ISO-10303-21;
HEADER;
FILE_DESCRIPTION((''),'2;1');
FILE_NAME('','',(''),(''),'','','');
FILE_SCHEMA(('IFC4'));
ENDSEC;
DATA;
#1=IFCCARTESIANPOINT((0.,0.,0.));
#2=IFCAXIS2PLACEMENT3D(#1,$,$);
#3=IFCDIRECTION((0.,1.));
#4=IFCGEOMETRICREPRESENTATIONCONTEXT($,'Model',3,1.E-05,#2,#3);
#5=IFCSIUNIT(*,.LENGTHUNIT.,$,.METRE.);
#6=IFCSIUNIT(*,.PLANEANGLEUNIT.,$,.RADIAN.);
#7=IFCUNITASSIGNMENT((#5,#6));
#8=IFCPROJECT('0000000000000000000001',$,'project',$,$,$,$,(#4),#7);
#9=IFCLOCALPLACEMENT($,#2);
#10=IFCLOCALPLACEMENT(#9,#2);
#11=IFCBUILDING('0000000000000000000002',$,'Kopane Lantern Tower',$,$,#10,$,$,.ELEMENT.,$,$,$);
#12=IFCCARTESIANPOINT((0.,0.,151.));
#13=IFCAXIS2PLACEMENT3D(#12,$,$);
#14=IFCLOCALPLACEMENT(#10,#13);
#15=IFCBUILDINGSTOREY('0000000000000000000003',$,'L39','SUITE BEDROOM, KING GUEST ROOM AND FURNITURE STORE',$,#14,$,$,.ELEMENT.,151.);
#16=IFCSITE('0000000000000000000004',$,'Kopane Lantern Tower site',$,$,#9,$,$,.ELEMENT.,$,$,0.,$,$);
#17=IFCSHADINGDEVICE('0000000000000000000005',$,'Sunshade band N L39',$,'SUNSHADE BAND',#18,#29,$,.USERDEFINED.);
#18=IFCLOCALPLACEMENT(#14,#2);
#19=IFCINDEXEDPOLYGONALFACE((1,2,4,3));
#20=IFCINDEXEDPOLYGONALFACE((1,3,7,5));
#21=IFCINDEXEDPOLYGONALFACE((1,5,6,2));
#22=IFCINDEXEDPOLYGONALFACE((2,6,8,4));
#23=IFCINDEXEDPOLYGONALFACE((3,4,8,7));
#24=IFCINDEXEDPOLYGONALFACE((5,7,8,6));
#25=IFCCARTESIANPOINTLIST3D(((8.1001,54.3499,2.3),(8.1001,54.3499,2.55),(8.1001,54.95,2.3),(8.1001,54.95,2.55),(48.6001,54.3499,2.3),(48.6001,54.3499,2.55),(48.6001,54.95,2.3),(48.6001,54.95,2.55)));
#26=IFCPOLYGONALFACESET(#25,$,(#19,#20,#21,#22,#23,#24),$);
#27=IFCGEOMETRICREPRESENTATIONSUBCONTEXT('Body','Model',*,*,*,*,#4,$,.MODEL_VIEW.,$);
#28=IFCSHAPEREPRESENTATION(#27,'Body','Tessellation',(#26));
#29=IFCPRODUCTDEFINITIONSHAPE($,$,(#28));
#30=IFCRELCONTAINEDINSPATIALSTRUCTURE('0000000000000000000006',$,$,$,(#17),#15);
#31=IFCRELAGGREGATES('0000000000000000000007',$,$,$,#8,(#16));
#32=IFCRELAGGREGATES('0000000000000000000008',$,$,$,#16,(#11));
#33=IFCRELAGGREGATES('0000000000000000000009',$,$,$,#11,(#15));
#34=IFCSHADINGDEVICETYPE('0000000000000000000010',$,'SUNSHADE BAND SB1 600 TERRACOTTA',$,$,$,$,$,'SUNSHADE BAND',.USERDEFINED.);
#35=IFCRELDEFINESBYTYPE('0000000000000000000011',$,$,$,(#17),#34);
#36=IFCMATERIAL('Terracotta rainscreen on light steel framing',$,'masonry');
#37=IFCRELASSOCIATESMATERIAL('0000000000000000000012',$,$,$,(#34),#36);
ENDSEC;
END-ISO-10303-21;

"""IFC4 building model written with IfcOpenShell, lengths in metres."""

from ifc_helpers import new_model, si_unit, direction, frame, origin, origin_2d, place, context, subcontext, project, spatial, rectangle, extrude, material, type_object, element, save


model = new_model("IFC4")

# Units and contexts
model_context = context("Model", 3, precision=1e-05, world=origin(), true_north=direction((0.0, 1.0)))
body_context = subcontext(model_context, "Body", "Model", "MODEL_VIEW")
ifc_project = project(units=[si_unit("LENGTHUNIT", "METRE"), si_unit("PLANEANGLEUNIT", "RADIAN")], contexts=[model_context])

# Site, building, storey
site_placement = place(None, origin())
site = spatial("IfcSite", under=ifc_project, at=site_placement, Name="Kopane Lantern Tower site", CompositionType="ELEMENT", RefElevation=0.0)
building_placement = place(site_placement, origin())
building = spatial("IfcBuilding", under=site, at=building_placement, Name="Kopane Lantern Tower", CompositionType="ELEMENT")
storey_placement = place(building_placement, frame((0.0, 0.0, 151.0)))
storey = spatial("IfcBuildingStorey", under=building, at=storey_placement, Name="L39", Description="SUITE BEDROOM, KING GUEST ROOM AND FURNITURE STORE", CompositionType="ELEMENT", Elevation=151.0)

# Shading device
ifc_material_1 = material(Name="Terracotta rainscreen on light steel framing", Category="masonry")
shading_device_type = type_object("IfcShadingDeviceType", Name="SUNSHADE BAND SB1 600 TERRACOTTA", ElementType="SUNSHADE BAND", PredefinedType="USERDEFINED", material=ifc_material_1)
shading_device_placement = place(storey_placement, frame((28.3501, 54.6499, 2.3), z_axis=(0.0, 0.0, 1.0), x_axis=(-1.0, 0.0, 0.0)))
element("IfcShadingDevice", 1, at=shading_device_placement, inside=storey, type_object=shading_device_type, Name="Sunshade band N L39", ObjectType="SUNSHADE BAND", PredefinedType="USERDEFINED", context=body_context, shape_type="SweptSolid", body=[
    extrude(rectangle(XDim=40.5, YDim=0.6001, at=origin_2d()), origin(), (0.0, 0.0, 1.0), 0.25),
])

save(model, "model.ifc")
